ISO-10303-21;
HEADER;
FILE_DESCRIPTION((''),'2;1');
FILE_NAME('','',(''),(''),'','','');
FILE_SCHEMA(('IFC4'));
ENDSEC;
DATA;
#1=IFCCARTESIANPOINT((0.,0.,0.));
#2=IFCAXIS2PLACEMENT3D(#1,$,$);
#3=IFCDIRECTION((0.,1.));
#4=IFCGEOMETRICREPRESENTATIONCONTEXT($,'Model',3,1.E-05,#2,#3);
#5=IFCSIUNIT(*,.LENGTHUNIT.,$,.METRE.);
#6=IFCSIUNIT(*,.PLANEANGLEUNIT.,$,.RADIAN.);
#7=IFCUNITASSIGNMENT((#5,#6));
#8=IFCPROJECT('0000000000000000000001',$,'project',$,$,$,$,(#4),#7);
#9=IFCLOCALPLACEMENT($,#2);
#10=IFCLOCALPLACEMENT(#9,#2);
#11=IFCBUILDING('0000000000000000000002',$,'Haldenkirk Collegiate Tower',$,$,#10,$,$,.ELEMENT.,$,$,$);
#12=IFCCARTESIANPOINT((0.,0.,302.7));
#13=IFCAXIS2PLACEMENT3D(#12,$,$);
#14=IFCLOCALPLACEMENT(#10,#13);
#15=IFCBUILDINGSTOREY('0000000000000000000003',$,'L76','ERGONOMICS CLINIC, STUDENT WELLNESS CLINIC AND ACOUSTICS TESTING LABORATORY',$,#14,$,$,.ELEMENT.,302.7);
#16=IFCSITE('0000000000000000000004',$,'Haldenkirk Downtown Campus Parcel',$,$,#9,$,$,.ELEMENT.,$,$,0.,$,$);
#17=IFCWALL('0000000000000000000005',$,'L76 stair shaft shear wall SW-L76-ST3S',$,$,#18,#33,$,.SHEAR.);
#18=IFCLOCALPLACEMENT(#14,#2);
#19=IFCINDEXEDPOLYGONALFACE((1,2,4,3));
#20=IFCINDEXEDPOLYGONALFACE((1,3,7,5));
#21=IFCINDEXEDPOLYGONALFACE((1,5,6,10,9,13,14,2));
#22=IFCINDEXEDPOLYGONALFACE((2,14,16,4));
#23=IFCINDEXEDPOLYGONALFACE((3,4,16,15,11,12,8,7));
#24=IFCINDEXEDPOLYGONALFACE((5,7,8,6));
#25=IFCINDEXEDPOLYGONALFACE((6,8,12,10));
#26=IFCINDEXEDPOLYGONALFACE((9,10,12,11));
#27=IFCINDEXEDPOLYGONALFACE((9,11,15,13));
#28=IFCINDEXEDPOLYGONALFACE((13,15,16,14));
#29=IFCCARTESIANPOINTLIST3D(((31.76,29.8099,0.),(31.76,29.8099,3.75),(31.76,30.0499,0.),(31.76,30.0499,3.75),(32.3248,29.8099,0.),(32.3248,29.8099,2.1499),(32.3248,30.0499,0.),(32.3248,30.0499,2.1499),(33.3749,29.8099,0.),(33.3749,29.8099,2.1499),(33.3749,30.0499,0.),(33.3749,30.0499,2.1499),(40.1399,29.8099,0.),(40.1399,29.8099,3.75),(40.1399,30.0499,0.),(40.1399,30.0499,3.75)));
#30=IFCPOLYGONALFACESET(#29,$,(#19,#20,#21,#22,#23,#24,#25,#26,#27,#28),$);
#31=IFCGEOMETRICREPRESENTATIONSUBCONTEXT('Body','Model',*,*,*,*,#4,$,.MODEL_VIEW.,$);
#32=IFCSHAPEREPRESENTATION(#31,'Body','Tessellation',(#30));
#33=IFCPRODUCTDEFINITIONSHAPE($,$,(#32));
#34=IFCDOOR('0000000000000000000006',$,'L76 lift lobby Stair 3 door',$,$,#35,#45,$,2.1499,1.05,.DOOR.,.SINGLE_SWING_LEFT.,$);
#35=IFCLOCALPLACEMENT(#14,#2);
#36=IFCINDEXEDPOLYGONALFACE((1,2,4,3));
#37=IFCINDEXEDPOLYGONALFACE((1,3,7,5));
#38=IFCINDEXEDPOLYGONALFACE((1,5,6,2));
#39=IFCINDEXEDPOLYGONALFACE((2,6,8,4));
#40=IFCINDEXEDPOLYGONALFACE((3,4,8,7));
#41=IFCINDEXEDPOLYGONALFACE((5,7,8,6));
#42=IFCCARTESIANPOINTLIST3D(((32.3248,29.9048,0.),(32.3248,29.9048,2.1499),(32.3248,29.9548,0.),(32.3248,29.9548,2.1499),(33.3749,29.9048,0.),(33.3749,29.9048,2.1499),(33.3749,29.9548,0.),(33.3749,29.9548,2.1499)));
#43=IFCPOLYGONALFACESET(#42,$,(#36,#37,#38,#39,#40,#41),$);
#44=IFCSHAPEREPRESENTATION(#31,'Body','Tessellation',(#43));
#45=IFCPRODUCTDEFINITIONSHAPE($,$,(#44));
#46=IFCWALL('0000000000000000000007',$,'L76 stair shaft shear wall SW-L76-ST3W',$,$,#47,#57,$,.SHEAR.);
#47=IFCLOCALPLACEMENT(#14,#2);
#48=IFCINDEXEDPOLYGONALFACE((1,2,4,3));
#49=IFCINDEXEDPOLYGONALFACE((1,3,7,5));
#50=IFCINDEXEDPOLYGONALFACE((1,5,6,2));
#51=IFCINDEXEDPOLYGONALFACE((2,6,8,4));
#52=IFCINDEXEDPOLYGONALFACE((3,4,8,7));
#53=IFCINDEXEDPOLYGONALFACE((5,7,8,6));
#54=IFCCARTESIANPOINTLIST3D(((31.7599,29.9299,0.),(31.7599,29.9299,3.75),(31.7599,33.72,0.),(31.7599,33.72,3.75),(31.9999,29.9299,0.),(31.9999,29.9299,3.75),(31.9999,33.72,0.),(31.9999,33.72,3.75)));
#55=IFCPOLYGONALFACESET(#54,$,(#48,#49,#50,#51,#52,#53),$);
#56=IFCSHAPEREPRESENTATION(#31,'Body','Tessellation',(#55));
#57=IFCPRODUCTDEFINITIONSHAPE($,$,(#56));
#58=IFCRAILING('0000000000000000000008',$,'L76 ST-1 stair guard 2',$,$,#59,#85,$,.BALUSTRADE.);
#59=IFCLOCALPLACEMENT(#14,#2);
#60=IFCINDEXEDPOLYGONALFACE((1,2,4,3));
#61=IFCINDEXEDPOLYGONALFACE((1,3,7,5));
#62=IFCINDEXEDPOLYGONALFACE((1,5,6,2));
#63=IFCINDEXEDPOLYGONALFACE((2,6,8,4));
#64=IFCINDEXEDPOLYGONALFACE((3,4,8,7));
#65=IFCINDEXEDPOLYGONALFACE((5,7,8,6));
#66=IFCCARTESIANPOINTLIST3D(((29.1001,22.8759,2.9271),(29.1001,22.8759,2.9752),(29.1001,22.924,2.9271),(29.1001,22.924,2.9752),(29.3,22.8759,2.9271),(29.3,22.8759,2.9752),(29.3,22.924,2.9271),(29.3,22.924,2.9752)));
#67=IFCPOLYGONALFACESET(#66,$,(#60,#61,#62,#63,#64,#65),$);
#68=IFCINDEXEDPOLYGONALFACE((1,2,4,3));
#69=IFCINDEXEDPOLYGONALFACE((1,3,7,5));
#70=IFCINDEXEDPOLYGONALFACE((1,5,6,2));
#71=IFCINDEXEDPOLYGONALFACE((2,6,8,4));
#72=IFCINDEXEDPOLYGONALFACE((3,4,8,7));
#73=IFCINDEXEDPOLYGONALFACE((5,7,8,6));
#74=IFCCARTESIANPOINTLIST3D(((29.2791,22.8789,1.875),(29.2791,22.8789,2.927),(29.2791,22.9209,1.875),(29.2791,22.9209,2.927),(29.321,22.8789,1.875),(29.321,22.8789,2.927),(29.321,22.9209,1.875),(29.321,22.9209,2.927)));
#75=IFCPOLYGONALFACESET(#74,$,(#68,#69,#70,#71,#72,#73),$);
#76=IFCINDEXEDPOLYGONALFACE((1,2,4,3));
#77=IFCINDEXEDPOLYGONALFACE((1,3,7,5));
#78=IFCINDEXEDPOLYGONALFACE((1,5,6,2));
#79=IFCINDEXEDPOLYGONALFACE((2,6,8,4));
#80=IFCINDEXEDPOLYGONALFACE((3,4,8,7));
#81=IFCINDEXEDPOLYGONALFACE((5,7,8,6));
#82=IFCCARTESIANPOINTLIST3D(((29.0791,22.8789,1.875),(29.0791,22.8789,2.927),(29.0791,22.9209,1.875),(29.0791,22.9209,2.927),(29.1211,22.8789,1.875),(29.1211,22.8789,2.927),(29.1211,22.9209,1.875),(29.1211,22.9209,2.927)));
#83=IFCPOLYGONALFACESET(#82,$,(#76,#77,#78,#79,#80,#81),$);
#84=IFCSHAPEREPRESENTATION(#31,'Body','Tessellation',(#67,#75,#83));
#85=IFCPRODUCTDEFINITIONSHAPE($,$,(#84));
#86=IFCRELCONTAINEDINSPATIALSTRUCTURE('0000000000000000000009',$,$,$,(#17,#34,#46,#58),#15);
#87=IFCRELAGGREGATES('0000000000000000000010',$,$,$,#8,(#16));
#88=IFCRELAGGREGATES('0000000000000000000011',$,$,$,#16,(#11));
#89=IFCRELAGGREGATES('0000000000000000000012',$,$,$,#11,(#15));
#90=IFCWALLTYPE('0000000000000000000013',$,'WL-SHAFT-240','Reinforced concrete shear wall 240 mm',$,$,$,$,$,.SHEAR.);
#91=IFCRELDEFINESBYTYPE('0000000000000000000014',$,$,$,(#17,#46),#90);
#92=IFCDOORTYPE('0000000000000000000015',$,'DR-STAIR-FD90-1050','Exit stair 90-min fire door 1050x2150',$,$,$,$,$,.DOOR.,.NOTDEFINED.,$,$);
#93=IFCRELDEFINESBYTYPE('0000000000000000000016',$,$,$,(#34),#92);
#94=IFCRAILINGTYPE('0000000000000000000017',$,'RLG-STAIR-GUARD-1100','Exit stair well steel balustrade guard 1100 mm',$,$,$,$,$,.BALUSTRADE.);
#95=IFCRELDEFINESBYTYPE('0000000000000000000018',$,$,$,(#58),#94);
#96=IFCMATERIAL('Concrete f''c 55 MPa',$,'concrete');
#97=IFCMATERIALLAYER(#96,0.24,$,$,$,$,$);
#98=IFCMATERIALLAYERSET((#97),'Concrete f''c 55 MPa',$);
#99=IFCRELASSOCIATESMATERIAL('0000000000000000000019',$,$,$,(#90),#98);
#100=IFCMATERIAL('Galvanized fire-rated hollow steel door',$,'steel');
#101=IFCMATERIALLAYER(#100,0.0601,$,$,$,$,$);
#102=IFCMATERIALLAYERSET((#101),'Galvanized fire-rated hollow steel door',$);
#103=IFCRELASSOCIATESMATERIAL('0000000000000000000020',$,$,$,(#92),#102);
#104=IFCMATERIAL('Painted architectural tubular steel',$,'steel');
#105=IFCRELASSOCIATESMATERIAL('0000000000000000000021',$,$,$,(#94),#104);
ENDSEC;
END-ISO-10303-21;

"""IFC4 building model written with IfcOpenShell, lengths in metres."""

from ifc_helpers import new_model, si_unit, direction, frame, frame_2d, origin, origin_2d, place, context, subcontext, project, spatial, rectangle, extrude, material, layer, layer_set, type_object, element, fill, save


model = new_model("IFC4")

# Units and contexts
model_context = context("Model", 3, precision=1e-05, world=origin(), true_north=direction((0.0, 1.0)))
body_context = subcontext(model_context, "Body", "Model", "MODEL_VIEW")
ifc_project = project(units=[si_unit("LENGTHUNIT", "METRE"), si_unit("PLANEANGLEUNIT", "RADIAN")], contexts=[model_context])

# Site, building, storey
site_placement = place(None, origin())
site = spatial("IfcSite", under=ifc_project, at=site_placement, Name="Haldenkirk Downtown Campus Parcel", CompositionType="ELEMENT", RefElevation=0.0)
building_placement = place(site_placement, origin())
building = spatial("IfcBuilding", under=site, at=building_placement, Name="Haldenkirk Collegiate Tower", CompositionType="ELEMENT")
storey_placement = place(building_placement, frame((0.0, 0.0, 302.7)))
storey = spatial("IfcBuildingStorey", under=building, at=storey_placement, Name="L76", Description="ERGONOMICS CLINIC, STUDENT WELLNESS CLINIC AND ACOUSTICS TESTING LABORATORY", CompositionType="ELEMENT", Elevation=302.7)

# Shared definitions
ifc_material_1 = material(Name="Concrete f'c 55 MPa", Category="concrete")

# Shared definitions
ifc_layer_1 = layer(ifc_material_1, 0.24)
ifc_layer_set_1 = layer_set([ifc_layer_1], Name="Concrete f'c 55 MPa")
wall_type_1 = type_object("IfcWallType", Name="WL-SHAFT-240", Description="Reinforced concrete shear wall 240 mm", PredefinedType="SHEAR", material=ifc_layer_set_1)

# Wall, opening, door
wall_1_placement = place(storey_placement, frame((31.76, 29.9299, 0.0), z_axis=(0.0, 0.0, 1.0), x_axis=(1.0, 0.0, 0.0)))
wall_1 = element("IfcWall", 1, at=wall_1_placement, inside=storey, type_object=wall_type_1, Name="L76 stair shaft shear wall SW-L76-ST3S", PredefinedType="SHEAR", context=body_context, shape_type="SweptSolid", body=[
    extrude(rectangle(XDim=8.3799, YDim=0.24, at=frame_2d((4.1899, 0.0))), origin(), (0.0, 0.0, 1.0), 3.75),
])
opening_1_placement = place(wall_1_placement, frame((0.5649, 0.0, 0.0)))
opening_1 = element("IfcOpeningElement", 2, at=opening_1_placement, cuts=wall_1, PredefinedType="OPENING", context=body_context, shape_type="SweptSolid", body=[
    extrude(rectangle(XDim=1.05, YDim=2.1499, at=frame_2d((0.5249, 1.075))), frame((0.0, 0.1299, 0.0), z_axis=(0.0, -1.0, 0.0), x_axis=(1.0, 0.0, 0.0)), (0.0, 0.0, 1.0), 0.26),
])
ifc_material_2 = material(Name="Galvanized fire-rated hollow steel door", Category="steel")
ifc_layer_2 = layer(ifc_material_2, 0.0601)
ifc_layer_set_2 = layer_set([ifc_layer_2], Name="Galvanized fire-rated hollow steel door")
door_type_1 = type_object("IfcDoorType", Name="DR-STAIR-FD90-1050", Description="Exit stair 90-min fire door 1050x2150", OperationType="NOTDEFINED", PredefinedType="DOOR", material=ifc_layer_set_2)
door_1_placement = place(opening_1_placement, origin())
door_1 = element("IfcDoor", 3, at=door_1_placement, inside=storey, type_object=door_type_1, Name="L76 lift lobby Stair 3 door", OperationType="SINGLE_SWING_LEFT", OverallHeight=2.1499, OverallWidth=1.05, PredefinedType="DOOR", context=body_context, shape_type="SweptSolid", body=[
    extrude(rectangle(XDim=1.05, YDim=2.1499, at=frame_2d((0.5249, 1.075))), frame((0.0, 0.0249, 0.0), z_axis=(0.0, -1.0, 0.0), x_axis=(1.0, 0.0, 0.0)), (0.0, 0.0, 1.0), 0.05),
])
fill(opening_1, door_1)

# Wall
wall_2_placement = place(storey_placement, frame((31.8799, 29.9299, 0.0), z_axis=(0.0, 0.0, 1.0), x_axis=(0.0, 1.0, 0.0)))
element("IfcWall", 4, at=wall_2_placement, inside=storey, type_object=wall_type_1, Name="L76 stair shaft shear wall SW-L76-ST3W", PredefinedType="SHEAR", context=body_context, shape_type="SweptSolid", body=[
    extrude(rectangle(XDim=3.79, YDim=0.24, at=frame_2d((1.895, 0.0))), origin(), (0.0, 0.0, 1.0), 3.75),
])

# Railing
ifc_material_3 = material(Name="Painted architectural tubular steel", Category="steel")
railing_type = type_object("IfcRailingType", Name="RLG-STAIR-GUARD-1100", Description="Exit stair well steel balustrade guard 1100 mm", PredefinedType="BALUSTRADE", material=ifc_material_3)
railing_placement = place(storey_placement, frame((29.3, 22.8999, 1.875)))
element("IfcRailing", 5, at=railing_placement, inside=storey, type_object=railing_type, Name="L76 ST-1 stair guard 2", PredefinedType="BALUSTRADE", context=body_context, shape_type="SweptSolid", body=[
    extrude(rectangle(XDim=0.0481, YDim=0.0481, at=origin_2d()), frame((0.0, 0.0, 1.0762), z_axis=(-1.0, 0.0, 0.0), x_axis=(0.0, -1.0, 0.0)), (0.0, 0.0, 1.0), 0.2),
    extrude(rectangle(XDim=0.042, YDim=0.042, at=origin_2d()), origin(), (0.0, 0.0, 1.0), 1.052),
    extrude(rectangle(XDim=0.042, YDim=0.042, at=origin_2d()), frame((-0.2, 0.0, 0.0)), (0.0, 0.0, 1.0), 1.052),
])

save(model, "model.ifc")
